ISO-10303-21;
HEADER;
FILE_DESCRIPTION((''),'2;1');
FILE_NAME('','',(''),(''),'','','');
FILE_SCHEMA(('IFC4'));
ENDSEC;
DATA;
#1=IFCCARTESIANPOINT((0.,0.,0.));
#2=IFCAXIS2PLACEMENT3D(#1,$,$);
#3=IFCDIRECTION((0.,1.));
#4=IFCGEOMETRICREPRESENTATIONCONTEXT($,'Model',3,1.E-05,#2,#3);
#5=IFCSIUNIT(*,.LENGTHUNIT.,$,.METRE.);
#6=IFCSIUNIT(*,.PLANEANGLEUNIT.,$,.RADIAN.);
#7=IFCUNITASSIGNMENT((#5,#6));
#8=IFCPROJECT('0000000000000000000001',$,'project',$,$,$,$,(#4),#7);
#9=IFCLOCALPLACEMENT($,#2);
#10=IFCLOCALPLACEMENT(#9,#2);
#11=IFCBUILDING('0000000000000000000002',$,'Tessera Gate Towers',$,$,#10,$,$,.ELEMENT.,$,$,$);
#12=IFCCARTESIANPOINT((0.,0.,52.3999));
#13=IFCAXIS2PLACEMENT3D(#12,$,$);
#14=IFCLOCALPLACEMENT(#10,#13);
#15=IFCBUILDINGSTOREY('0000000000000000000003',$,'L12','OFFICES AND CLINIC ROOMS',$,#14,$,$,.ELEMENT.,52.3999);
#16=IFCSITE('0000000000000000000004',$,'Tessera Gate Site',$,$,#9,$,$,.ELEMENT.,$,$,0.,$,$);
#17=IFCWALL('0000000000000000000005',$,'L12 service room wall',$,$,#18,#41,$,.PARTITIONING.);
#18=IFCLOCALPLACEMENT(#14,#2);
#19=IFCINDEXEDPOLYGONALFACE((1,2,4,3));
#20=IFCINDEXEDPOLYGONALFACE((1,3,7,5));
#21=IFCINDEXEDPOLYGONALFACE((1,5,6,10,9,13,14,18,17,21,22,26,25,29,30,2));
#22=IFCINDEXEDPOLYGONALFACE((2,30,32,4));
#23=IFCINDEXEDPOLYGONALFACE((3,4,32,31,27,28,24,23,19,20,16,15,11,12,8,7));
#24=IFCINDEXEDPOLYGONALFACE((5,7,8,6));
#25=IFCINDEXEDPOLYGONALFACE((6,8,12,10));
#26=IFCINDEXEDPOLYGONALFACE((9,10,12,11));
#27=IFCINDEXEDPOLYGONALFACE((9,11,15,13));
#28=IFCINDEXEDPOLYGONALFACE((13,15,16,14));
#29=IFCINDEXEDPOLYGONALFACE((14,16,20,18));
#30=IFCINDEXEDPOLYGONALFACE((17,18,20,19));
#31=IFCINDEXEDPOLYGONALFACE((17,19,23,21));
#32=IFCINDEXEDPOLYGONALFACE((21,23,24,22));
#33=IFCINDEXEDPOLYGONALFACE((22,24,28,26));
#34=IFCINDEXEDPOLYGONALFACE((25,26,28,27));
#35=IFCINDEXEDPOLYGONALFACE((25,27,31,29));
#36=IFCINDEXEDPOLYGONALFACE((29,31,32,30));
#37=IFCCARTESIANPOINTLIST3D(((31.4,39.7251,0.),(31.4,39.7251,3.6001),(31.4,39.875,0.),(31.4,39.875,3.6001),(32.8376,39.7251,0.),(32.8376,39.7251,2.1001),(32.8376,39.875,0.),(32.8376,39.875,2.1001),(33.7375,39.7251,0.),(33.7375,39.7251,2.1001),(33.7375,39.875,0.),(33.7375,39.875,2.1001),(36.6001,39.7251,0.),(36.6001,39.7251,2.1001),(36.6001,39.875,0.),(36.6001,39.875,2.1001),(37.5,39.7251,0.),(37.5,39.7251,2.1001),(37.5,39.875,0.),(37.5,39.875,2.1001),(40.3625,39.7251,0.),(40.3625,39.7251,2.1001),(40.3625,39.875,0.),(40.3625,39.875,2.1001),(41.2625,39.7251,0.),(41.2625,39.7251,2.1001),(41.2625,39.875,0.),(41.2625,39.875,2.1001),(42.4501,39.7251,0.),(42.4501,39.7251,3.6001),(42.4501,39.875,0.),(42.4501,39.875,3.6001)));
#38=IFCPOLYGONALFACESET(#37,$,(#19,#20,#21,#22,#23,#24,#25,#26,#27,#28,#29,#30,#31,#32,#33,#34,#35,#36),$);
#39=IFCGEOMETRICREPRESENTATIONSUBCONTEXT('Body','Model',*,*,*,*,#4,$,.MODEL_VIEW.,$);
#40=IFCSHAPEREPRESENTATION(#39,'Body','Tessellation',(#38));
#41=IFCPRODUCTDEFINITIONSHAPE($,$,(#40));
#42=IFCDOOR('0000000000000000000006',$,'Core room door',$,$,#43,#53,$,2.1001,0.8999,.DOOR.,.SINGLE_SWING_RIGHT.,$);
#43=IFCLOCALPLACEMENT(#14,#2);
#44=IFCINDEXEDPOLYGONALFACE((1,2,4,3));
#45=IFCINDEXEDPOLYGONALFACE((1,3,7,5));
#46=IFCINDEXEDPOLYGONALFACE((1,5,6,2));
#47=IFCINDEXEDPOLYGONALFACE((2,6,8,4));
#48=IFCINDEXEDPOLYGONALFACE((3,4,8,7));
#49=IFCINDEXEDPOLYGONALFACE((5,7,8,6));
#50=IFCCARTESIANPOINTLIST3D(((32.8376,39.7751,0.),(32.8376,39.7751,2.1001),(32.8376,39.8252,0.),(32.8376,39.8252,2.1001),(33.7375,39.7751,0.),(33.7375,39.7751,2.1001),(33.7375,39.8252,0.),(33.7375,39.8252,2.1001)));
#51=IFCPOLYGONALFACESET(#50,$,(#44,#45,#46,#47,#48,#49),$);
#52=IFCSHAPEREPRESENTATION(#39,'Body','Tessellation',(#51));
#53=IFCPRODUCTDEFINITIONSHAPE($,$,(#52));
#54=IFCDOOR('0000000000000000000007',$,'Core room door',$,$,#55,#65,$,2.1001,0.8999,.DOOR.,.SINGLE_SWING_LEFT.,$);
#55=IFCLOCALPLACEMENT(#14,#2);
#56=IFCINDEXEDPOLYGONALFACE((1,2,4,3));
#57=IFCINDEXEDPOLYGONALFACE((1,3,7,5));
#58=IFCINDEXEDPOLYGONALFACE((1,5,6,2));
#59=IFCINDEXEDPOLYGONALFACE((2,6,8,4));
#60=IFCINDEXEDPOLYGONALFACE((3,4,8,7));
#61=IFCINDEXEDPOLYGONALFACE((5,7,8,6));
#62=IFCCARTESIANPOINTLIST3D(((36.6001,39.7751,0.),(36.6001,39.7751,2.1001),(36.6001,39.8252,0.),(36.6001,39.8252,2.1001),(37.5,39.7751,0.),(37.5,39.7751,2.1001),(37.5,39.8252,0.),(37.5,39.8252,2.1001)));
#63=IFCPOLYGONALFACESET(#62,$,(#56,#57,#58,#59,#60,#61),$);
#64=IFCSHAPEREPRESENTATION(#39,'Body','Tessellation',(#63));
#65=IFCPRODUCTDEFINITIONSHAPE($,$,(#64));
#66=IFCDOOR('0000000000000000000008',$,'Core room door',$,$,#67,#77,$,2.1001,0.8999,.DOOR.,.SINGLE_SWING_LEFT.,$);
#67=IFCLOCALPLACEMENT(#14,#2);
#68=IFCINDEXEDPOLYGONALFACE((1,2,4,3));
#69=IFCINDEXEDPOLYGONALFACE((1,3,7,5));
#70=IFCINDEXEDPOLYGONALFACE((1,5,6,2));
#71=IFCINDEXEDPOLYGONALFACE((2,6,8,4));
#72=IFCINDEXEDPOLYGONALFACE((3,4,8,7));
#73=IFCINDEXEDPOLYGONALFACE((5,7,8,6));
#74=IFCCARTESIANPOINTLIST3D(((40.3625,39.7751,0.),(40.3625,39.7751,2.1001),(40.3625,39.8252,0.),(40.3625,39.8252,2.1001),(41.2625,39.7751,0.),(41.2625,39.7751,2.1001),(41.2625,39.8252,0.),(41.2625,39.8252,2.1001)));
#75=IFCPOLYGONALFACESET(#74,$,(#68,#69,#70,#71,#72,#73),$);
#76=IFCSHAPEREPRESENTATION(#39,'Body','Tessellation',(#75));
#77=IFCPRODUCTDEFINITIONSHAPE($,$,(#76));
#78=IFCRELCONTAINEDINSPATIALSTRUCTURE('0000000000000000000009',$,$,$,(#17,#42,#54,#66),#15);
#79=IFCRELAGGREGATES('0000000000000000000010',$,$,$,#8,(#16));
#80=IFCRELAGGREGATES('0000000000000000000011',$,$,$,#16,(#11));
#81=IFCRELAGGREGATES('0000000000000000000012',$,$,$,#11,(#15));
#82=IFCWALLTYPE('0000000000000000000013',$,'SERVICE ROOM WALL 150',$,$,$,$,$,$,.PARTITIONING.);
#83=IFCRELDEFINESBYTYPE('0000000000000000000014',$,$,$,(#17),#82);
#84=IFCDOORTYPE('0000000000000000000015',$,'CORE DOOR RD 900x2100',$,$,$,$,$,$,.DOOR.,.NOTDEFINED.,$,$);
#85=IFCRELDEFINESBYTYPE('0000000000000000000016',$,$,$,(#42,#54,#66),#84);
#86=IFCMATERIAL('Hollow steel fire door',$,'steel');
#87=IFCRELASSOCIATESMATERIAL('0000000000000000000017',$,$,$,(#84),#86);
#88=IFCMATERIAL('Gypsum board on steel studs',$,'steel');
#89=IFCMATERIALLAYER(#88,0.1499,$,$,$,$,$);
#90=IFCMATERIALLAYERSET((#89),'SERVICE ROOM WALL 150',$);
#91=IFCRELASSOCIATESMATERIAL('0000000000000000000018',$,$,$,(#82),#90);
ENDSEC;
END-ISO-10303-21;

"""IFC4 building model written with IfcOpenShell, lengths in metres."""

from ifc_helpers import new_model, si_unit, direction, frame, frame_2d, origin, place, context, subcontext, project, spatial, rectangle, extrude, source, transform, mapped, material, layer, layer_set, type_object, element, fill, save


model = new_model("IFC4")

# Units and contexts
model_context = context("Model", 3, precision=1e-05, world=origin(), true_north=direction((0.0, 1.0)))
body_context = subcontext(model_context, "Body", "Model", "MODEL_VIEW")
ifc_project = project(units=[si_unit("LENGTHUNIT", "METRE"), si_unit("PLANEANGLEUNIT", "RADIAN")], contexts=[model_context])

# Site, building, storey
site_placement = place(None, origin())
site = spatial("IfcSite", under=ifc_project, at=site_placement, Name="Tessera Gate Site", CompositionType="ELEMENT", RefElevation=0.0)
building_placement = place(site_placement, origin())
building = spatial("IfcBuilding", under=site, at=building_placement, Name="Tessera Gate Towers", CompositionType="ELEMENT")
storey_placement = place(building_placement, frame((0.0, 0.0, 52.3999)))
storey = spatial("IfcBuildingStorey", under=building, at=storey_placement, Name="L12", Description="OFFICES AND CLINIC ROOMS", CompositionType="ELEMENT", Elevation=52.3999)

# Shared definitions
ifc_material_1 = material(Name="Hollow steel fire door", Category="steel")
door_type_1 = type_object("IfcDoorType", Name="CORE DOOR RD 900x2100", OperationType="NOTDEFINED", PredefinedType="DOOR", material=ifc_material_1)
shared_shape_1 = source(origin(), body_context, "Body", "SweptSolid", [
    extrude(rectangle(XDim=0.8999, YDim=2.1001, at=frame_2d((0.45, 1.05))), frame((0.0, 0.0249, 0.0), z_axis=(0.0, -1.0, 0.0), x_axis=(1.0, 0.0, 0.0)), (0.0, 0.0, 1.0), 0.05),
])

# Wall, openings, doors
ifc_material_2 = material(Name="Gypsum board on steel studs", Category="steel")
ifc_layer_1 = layer(ifc_material_2, 0.1499)
ifc_layer_set_1 = layer_set([ifc_layer_1], Name="SERVICE ROOM WALL 150")
wall_type_1 = type_object("IfcWallType", Name="SERVICE ROOM WALL 150", PredefinedType="PARTITIONING", material=ifc_layer_set_1)
wall_1_placement = place(storey_placement, frame((42.45, 39.8, 0.0), z_axis=(0.0, 0.0, 1.0), x_axis=(-1.0, 0.0, 0.0)))
wall_1 = element("IfcWall", 1, at=wall_1_placement, inside=storey, type_object=wall_type_1, Name="L12 service room wall", PredefinedType="PARTITIONING", context=body_context, shape_type="SweptSolid", body=[
    extrude(rectangle(XDim=11.05, YDim=0.1499, at=frame_2d((5.5249, 0.0))), origin(), (0.0, 0.0, 1.0), 3.6001),
])
shared_shape_2 = source(origin(), body_context, "Body", "SweptSolid", [
    extrude(rectangle(XDim=0.8999, YDim=2.1001, at=frame_2d((0.45, 1.05))), frame((0.0, 0.085, 0.0), z_axis=(0.0, -1.0, 0.0), x_axis=(1.0, 0.0, 0.0)), (0.0, 0.0, 1.0), 0.1699),
])
opening_1_placement = place(wall_1_placement, frame((8.7124, 0.0, 0.0)))
opening_1 = element("IfcOpeningElement", 2, at=opening_1_placement, cuts=wall_1, PredefinedType="OPENING", context=body_context, shape_type="MappedRepresentation", body=[
    mapped(shared_shape_2, transform((0.0, 0.0, 0.0), scale=1.0)),
])
opening_2_placement = place(wall_1_placement, frame((4.95, 0.0, 0.0)))
opening_2 = element("IfcOpeningElement", 3, at=opening_2_placement, cuts=wall_1, PredefinedType="OPENING", context=body_context, shape_type="MappedRepresentation", body=[
    mapped(shared_shape_2, transform((0.0, 0.0, 0.0), scale=1.0)),
])
opening_3_placement = place(wall_1_placement, frame((1.1875, 0.0, 0.0)))
opening_3 = element("IfcOpeningElement", 4, at=opening_3_placement, cuts=wall_1, PredefinedType="OPENING", context=body_context, shape_type="MappedRepresentation", body=[
    mapped(shared_shape_2, transform((0.0, 0.0, 0.0), scale=1.0)),
])
door_1_placement = place(opening_1_placement, origin())
door_1 = element("IfcDoor", 5, at=door_1_placement, inside=storey, type_object=door_type_1, Name="Core room door", OperationType="SINGLE_SWING_RIGHT", OverallHeight=2.1001, OverallWidth=0.8999, PredefinedType="DOOR", context=body_context, shape_type="MappedRepresentation", body=[
    mapped(shared_shape_1, transform((0.0, 0.0, 0.0), scale=1.0)),
])
fill(opening_1, door_1)
door_2_placement = place(opening_2_placement, origin())
door_2 = element("IfcDoor", 6, at=door_2_placement, inside=storey, type_object=door_type_1, Name="Core room door", OperationType="SINGLE_SWING_LEFT", OverallHeight=2.1001, OverallWidth=0.8999, PredefinedType="DOOR", context=body_context, shape_type="MappedRepresentation", body=[
    mapped(shared_shape_1, transform((0.0, 0.0, 0.0), scale=1.0)),
])
fill(opening_2, door_2)
door_3_placement = place(opening_3_placement, origin())
door_3 = element("IfcDoor", 7, at=door_3_placement, inside=storey, type_object=door_type_1, Name="Core room door", OperationType="SINGLE_SWING_LEFT", OverallHeight=2.1001, OverallWidth=0.8999, PredefinedType="DOOR", context=body_context, shape_type="MappedRepresentation", body=[
    mapped(shared_shape_1, transform((0.0, 0.0, 0.0), scale=1.0)),
])
fill(opening_3, door_3)

save(model, "model.ifc")
